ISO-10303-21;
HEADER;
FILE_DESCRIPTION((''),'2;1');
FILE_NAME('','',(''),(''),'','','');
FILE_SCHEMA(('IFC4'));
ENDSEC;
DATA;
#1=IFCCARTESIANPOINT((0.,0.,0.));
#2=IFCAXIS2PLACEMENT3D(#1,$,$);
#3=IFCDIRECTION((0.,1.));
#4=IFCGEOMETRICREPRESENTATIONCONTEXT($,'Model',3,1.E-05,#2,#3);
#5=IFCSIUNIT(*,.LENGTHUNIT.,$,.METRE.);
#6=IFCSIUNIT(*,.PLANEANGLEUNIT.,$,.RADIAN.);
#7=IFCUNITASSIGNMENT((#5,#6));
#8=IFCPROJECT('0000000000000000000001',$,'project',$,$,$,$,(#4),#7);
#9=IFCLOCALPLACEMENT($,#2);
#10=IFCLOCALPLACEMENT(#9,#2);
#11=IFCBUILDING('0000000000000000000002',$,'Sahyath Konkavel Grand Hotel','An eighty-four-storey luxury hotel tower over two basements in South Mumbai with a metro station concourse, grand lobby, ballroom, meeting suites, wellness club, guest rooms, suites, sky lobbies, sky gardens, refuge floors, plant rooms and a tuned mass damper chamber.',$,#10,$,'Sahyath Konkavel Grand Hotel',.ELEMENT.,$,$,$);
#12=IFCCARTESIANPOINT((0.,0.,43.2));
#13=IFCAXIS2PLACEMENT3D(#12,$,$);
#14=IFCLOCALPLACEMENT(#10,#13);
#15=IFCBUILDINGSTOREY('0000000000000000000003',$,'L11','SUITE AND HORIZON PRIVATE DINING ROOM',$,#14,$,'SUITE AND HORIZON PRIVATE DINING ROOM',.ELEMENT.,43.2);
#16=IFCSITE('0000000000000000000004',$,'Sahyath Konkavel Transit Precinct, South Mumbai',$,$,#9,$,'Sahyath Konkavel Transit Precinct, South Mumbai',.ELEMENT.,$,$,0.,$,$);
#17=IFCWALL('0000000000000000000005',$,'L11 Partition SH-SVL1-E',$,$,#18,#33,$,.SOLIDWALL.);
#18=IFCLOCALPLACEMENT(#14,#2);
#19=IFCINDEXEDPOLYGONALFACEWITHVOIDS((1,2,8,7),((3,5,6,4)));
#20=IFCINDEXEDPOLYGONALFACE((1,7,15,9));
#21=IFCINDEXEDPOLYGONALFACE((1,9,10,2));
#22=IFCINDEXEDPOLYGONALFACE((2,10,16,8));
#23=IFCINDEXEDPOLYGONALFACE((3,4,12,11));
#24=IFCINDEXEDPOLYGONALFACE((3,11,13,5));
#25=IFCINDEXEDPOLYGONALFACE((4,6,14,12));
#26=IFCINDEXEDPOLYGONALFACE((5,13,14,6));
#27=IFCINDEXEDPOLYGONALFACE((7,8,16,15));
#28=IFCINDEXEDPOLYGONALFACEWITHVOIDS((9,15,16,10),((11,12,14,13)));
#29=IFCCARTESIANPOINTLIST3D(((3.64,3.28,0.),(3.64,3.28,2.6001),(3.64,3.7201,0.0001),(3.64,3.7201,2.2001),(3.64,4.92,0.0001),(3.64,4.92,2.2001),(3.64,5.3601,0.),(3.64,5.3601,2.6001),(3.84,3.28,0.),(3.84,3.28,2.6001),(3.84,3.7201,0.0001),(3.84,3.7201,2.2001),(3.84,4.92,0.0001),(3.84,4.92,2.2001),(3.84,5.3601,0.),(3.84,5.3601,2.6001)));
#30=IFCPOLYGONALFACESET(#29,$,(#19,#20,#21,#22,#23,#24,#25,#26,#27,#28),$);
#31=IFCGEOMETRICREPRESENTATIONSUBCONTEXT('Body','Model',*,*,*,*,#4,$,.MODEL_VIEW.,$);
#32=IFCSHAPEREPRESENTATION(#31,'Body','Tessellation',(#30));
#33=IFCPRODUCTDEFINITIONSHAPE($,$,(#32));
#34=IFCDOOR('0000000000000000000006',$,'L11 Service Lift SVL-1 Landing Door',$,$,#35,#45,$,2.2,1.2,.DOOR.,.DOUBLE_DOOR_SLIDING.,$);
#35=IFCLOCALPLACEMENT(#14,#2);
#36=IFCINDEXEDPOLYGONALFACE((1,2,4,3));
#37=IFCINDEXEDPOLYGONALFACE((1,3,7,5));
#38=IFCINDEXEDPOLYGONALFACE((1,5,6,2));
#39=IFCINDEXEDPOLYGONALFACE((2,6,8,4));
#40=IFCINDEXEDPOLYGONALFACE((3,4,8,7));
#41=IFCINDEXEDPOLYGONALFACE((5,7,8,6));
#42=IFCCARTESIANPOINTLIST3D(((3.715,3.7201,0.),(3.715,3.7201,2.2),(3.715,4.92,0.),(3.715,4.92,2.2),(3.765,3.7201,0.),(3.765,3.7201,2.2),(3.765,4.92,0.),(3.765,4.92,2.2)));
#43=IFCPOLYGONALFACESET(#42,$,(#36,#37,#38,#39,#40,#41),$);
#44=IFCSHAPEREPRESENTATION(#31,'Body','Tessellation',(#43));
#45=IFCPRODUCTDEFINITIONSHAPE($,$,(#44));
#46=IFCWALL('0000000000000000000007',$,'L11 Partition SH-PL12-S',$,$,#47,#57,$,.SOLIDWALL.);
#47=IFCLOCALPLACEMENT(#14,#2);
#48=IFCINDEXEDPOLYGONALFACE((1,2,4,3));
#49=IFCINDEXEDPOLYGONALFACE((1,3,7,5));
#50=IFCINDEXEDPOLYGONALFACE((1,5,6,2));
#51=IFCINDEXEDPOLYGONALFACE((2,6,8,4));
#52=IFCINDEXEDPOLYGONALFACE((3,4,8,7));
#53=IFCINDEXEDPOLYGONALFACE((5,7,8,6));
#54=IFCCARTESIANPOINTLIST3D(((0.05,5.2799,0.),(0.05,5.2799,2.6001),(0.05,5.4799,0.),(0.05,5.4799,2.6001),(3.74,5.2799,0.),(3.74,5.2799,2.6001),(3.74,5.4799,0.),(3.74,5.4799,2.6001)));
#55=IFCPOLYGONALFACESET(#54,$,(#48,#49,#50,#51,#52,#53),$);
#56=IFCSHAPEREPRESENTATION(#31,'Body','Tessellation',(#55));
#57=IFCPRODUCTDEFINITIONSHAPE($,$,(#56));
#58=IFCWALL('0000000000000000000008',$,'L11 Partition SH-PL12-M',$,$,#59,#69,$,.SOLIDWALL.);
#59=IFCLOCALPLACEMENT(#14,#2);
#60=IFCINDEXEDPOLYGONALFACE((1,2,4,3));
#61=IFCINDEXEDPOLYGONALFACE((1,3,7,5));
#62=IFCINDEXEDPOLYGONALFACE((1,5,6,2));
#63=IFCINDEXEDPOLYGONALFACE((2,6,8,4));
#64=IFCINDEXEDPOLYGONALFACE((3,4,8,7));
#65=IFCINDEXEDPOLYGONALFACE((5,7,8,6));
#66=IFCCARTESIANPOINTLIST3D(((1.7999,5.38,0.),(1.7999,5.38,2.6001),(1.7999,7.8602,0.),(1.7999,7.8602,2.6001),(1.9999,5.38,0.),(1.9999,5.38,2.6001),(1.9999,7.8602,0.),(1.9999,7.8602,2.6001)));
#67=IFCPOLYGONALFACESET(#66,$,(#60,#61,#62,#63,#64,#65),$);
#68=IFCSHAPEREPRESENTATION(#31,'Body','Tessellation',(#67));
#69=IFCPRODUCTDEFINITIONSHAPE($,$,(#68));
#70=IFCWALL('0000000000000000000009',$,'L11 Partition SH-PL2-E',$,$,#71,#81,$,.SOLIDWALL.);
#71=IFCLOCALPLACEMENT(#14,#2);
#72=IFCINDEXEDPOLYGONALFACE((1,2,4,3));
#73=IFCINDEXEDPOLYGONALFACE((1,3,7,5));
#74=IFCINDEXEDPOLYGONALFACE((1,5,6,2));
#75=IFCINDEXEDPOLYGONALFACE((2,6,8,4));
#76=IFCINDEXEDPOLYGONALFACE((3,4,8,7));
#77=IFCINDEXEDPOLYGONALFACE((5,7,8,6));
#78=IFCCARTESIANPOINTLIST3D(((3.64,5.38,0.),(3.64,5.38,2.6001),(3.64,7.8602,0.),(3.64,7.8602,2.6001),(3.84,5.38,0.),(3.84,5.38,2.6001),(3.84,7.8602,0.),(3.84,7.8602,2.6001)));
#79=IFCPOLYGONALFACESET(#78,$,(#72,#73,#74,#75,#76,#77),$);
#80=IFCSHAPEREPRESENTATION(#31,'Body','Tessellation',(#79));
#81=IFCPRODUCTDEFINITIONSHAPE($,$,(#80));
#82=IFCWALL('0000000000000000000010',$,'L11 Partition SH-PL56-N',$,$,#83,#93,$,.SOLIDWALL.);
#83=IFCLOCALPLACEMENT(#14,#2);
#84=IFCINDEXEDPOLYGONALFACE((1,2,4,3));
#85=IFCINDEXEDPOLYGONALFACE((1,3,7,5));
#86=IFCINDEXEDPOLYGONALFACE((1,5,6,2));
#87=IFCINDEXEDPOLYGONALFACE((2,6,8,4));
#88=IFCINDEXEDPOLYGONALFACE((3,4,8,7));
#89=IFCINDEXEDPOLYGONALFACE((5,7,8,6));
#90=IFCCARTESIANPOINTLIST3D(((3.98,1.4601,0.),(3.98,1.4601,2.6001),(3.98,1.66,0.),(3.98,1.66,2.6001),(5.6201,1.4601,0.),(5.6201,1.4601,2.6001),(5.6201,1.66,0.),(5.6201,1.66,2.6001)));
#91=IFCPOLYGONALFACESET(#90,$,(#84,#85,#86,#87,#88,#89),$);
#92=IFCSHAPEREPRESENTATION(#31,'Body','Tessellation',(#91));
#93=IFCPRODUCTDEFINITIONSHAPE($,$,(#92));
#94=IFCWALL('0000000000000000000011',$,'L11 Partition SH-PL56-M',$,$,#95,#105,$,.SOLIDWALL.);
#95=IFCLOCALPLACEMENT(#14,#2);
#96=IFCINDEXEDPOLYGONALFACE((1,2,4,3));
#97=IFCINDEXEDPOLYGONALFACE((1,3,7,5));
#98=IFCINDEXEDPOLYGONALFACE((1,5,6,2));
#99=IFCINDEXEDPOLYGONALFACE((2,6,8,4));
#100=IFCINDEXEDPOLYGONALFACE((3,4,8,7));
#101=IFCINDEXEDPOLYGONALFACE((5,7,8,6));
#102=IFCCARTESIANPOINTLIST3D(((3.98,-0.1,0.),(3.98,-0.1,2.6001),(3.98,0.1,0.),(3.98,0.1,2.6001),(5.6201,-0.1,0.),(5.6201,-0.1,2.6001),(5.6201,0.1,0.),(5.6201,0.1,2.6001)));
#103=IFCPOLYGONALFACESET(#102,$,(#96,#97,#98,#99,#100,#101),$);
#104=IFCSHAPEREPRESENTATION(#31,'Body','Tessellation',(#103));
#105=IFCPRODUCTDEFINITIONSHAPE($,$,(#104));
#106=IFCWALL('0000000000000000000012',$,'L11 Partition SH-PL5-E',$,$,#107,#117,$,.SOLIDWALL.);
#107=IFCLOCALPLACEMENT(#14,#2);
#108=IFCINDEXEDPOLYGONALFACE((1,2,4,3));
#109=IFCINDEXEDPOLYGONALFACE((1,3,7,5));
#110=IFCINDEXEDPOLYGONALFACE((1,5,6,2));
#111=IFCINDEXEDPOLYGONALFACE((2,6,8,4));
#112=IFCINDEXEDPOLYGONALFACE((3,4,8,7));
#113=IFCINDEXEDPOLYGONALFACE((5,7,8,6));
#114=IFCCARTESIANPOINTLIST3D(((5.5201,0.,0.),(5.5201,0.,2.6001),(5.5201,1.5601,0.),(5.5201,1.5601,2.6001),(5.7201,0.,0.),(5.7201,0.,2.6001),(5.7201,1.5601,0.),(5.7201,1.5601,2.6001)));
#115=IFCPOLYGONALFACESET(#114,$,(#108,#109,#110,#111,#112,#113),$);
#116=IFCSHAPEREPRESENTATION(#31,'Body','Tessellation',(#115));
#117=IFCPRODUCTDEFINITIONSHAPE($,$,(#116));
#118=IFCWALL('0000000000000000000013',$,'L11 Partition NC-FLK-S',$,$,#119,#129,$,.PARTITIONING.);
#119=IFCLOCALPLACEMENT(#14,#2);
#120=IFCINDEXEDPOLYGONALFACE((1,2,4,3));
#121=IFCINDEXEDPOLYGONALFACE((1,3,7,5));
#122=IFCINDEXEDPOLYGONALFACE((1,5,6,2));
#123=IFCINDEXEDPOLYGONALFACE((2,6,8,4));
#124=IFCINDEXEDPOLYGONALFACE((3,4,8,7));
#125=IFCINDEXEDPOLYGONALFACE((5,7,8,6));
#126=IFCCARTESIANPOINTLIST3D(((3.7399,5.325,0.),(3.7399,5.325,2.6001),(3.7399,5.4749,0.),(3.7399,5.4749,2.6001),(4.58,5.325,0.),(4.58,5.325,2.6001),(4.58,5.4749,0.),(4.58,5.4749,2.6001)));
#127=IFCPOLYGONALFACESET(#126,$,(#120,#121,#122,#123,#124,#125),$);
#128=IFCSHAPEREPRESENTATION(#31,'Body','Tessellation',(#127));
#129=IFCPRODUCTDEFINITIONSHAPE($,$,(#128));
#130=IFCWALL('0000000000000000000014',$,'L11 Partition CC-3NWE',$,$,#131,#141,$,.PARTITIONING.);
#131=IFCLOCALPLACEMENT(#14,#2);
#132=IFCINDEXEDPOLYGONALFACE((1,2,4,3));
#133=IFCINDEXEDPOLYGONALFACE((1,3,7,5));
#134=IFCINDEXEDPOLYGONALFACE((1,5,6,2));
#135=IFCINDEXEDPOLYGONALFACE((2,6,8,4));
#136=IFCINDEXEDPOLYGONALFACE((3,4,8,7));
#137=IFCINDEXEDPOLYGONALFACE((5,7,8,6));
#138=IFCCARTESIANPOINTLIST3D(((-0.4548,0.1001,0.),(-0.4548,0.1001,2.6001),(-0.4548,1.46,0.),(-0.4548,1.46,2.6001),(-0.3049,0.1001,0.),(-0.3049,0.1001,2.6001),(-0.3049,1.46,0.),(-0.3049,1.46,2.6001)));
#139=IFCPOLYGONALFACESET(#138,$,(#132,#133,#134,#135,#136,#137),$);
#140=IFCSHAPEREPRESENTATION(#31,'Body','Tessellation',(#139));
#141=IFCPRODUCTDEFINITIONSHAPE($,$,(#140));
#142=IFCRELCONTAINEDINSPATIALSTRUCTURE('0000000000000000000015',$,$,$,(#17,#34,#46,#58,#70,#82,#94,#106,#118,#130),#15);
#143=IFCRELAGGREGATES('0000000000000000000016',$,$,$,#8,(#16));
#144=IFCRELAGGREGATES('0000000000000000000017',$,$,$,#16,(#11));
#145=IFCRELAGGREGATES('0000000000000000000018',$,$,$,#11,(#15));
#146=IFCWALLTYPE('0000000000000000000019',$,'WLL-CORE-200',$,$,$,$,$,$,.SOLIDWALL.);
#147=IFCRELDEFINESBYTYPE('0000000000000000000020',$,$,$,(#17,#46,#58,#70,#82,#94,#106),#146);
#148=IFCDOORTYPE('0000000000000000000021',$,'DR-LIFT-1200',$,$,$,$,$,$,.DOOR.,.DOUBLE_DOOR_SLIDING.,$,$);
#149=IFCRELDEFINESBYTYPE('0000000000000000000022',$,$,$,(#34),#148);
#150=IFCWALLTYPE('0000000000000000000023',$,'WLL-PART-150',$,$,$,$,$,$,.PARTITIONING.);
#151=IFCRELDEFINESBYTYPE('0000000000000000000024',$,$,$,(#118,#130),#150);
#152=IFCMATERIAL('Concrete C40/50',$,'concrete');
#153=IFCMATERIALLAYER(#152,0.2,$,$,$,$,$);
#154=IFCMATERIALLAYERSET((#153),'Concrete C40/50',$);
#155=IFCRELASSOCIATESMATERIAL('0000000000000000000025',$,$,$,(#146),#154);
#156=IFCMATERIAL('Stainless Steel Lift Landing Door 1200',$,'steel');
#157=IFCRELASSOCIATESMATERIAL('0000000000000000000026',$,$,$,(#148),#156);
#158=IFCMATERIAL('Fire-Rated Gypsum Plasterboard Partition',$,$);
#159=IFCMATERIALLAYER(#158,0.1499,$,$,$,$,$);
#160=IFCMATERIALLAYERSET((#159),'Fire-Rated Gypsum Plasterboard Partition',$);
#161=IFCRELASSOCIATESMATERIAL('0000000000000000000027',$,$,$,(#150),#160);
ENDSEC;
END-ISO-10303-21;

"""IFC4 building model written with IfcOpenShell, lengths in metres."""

from ifc_helpers import new_model, si_unit, direction, frame, frame_2d, origin, origin_2d, place, context, subcontext, project, spatial, rectangle, extrude, source, transform, mapped, material, layer, layer_set, type_object, element, fill, save


model = new_model("IFC4")

# Units and contexts
model_context = context("Model", 3, precision=1e-05, world=origin(), true_north=direction((0.0, 1.0)))
body_context = subcontext(model_context, "Body", "Model", "MODEL_VIEW")
ifc_project = project(units=[si_unit("LENGTHUNIT", "METRE"), si_unit("PLANEANGLEUNIT", "RADIAN")], contexts=[model_context])

# Site, building, storey
site_placement = place(None, origin())
site = spatial("IfcSite", under=ifc_project, at=site_placement, Name="Sahyath Konkavel Transit Precinct, South Mumbai", LongName="Sahyath Konkavel Transit Precinct, South Mumbai", CompositionType="ELEMENT", RefElevation=0.0)
building_placement = place(site_placement, origin())
building = spatial("IfcBuilding", under=site, at=building_placement, Name="Sahyath Konkavel Grand Hotel", Description="An eighty-four-storey luxury hotel tower over two basements in South Mumbai with a metro station concourse, grand lobby, ballroom, meeting suites, wellness club, guest rooms, suites, sky lobbies, sky gardens, refuge floors, plant rooms and a tuned mass damper chamber.", LongName="Sahyath Konkavel Grand Hotel", CompositionType="ELEMENT")
storey_placement = place(building_placement, frame((0.0, 0.0, 43.2)))
storey = spatial("IfcBuildingStorey", under=building, at=storey_placement, Name="L11", Description="SUITE AND HORIZON PRIVATE DINING ROOM", LongName="SUITE AND HORIZON PRIVATE DINING ROOM", CompositionType="ELEMENT", Elevation=43.2)

# Shared definitions
ifc_material_1 = material(Name="Concrete C40/50", Category="concrete")

# Shared definitions
ifc_layer_1 = layer(ifc_material_1, 0.2)
ifc_layer_set_1 = layer_set([ifc_layer_1], Name="Concrete C40/50")
wall_type_1 = type_object("IfcWallType", Name="WLL-CORE-200", PredefinedType="SOLIDWALL", material=ifc_layer_set_1)

# Wall, opening, door
wall_1_placement = place(storey_placement, frame((3.74, 3.28, 0.0), z_axis=(0.0, 0.0, 1.0), x_axis=(0.0, 1.0, 0.0)))
wall_1 = element("IfcWall", 1, at=wall_1_placement, inside=storey, type_object=wall_type_1, Name="L11 Partition SH-SVL1-E", PredefinedType="SOLIDWALL", context=body_context, shape_type="SweptSolid", body=[
    extrude(rectangle(XDim=2.0801, YDim=0.2, at=frame_2d((1.04, 0.0))), origin(), (0.0, 0.0, 1.0), 2.6001),
])
opening_1_placement = place(wall_1_placement, frame((0.4399, 0.0, 0.0)))
opening_1 = element("IfcOpeningElement", 2, at=opening_1_placement, cuts=wall_1, PredefinedType="OPENING", context=body_context, shape_type="SweptSolid", body=[
    extrude(rectangle(XDim=1.2, YDim=2.2, at=frame_2d((0.6001, 1.1001))), frame((0.0, 0.1099, 0.0), z_axis=(0.0, -1.0, 0.0), x_axis=(1.0, 0.0, 0.0)), (0.0, 0.0, 1.0), 0.22),
])
ifc_material_2 = material(Name="Stainless Steel Lift Landing Door 1200", Category="steel")
door_type_1 = type_object("IfcDoorType", Name="DR-LIFT-1200", OperationType="DOUBLE_DOOR_SLIDING", PredefinedType="DOOR", material=ifc_material_2)
shared_shape_1 = source(origin(), body_context, "Body", "SweptSolid", [
    extrude(rectangle(XDim=1.2, YDim=0.05, at=origin_2d()), origin(), (0.0, 0.0, 1.0), 2.2),
])
door_1_placement = place(opening_1_placement, frame((0.6001, 0.0, 0.0)))
door_1 = element("IfcDoor", 3, at=door_1_placement, inside=storey, type_object=door_type_1, Name="L11 Service Lift SVL-1 Landing Door", OperationType="DOUBLE_DOOR_SLIDING", OverallHeight=2.2, OverallWidth=1.2, PredefinedType="DOOR", context=body_context, shape_type="MappedRepresentation", body=[
    mapped(shared_shape_1, transform((0.0, 0.0, 0.0), scale=1.0)),
])
fill(opening_1, door_1)

# Walls
wall_2_placement = place(storey_placement, frame((0.05, 5.3799, 0.0), z_axis=(0.0, 0.0, 1.0), x_axis=(1.0, 0.0, 0.0)))
element("IfcWall", 4, at=wall_2_placement, inside=storey, type_object=wall_type_1, Name="L11 Partition SH-PL12-S", PredefinedType="SOLIDWALL", context=body_context, shape_type="SweptSolid", body=[
    extrude(rectangle(XDim=3.6899, YDim=0.2, at=frame_2d((1.845, 0.0))), origin(), (0.0, 0.0, 1.0), 2.6001),
])
for number, where, z_axis, x_axis, name in (
    (5, (1.8999, 5.3799, 0.0), (0.0, 0.0, 1.0), (0.0, 1.0, 0.0), "L11 Partition SH-PL12-M"),
    (6, (3.74, 5.3799, 0.0), (0.0, 0.0, 1.0), (0.0, 1.0, 0.0), "L11 Partition SH-PL2-E"),
):
    element("IfcWall", number, at=place(storey_placement, frame(where, z_axis=z_axis, x_axis=x_axis)), inside=storey, type_object=wall_type_1, Name=name, PredefinedType="SOLIDWALL", context=body_context, shape_type="SweptSolid", body=[
        extrude(rectangle(XDim=2.4802, YDim=0.2, at=frame_2d((1.2402, 0.0))), origin(), (0.0, 0.0, 1.0), 2.6001),
    ])
for number, where, z_axis, x_axis, name in (
    (7, (3.98, 1.5601, 0.0), (0.0, 0.0, 1.0), (1.0, 0.0, 0.0), "L11 Partition SH-PL56-N"),
    (8, (3.98, 0.0, 0.0), (0.0, 0.0, 1.0), (1.0, 0.0, 0.0), "L11 Partition SH-PL56-M"),
):
    element("IfcWall", number, at=place(storey_placement, frame(where, z_axis=z_axis, x_axis=x_axis)), inside=storey, type_object=wall_type_1, Name=name, PredefinedType="SOLIDWALL", context=body_context, shape_type="SweptSolid", body=[
        extrude(rectangle(XDim=1.6401, YDim=0.2, at=frame_2d((0.8201, 0.0))), origin(), (0.0, 0.0, 1.0), 2.6001),
    ])
wall_3_placement = place(storey_placement, frame((5.6201, 0.0, 0.0), z_axis=(0.0, 0.0, 1.0), x_axis=(0.0, 1.0, 0.0)))
element("IfcWall", 9, at=wall_3_placement, inside=storey, type_object=wall_type_1, Name="L11 Partition SH-PL5-E", PredefinedType="SOLIDWALL", context=body_context, shape_type="SweptSolid", body=[
    extrude(rectangle(XDim=1.5601, YDim=0.2, at=frame_2d((0.78, 0.0))), origin(), (0.0, 0.0, 1.0), 2.6001),
])
ifc_material_3 = material(Name="Fire-Rated Gypsum Plasterboard Partition")
ifc_layer_2 = layer(ifc_material_3, 0.1499)
ifc_layer_set_2 = layer_set([ifc_layer_2], Name="Fire-Rated Gypsum Plasterboard Partition")
wall_type_2 = type_object("IfcWallType", Name="WLL-PART-150", PredefinedType="PARTITIONING", material=ifc_layer_set_2)
wall_4_placement = place(storey_placement, frame((3.74, 5.3999, 0.0), z_axis=(0.0, 0.0, 1.0), x_axis=(1.0, 0.0, 0.0)))
element("IfcWall", 10, at=wall_4_placement, inside=storey, type_object=wall_type_2, Name="L11 Partition NC-FLK-S", PredefinedType="PARTITIONING", context=body_context, shape_type="SweptSolid", body=[
    extrude(rectangle(XDim=0.8401, YDim=0.1499, at=frame_2d((0.4199, 0.0))), origin(), (0.0, 0.0, 1.0), 2.6001),
])
wall_5_placement = place(storey_placement, frame((-0.3799, 0.1001, 0.0), z_axis=(0.0, 0.0, 1.0), x_axis=(0.0, 1.0, 0.0)))
element("IfcWall", 11, at=wall_5_placement, inside=storey, type_object=wall_type_2, Name="L11 Partition CC-3NWE", PredefinedType="PARTITIONING", context=body_context, shape_type="SweptSolid", body=[
    extrude(rectangle(XDim=1.3599, YDim=0.1499, at=frame_2d((0.6799, 0.0))), origin(), (0.0, 0.0, 1.0), 2.6001),
])

save(model, "model.ifc")
